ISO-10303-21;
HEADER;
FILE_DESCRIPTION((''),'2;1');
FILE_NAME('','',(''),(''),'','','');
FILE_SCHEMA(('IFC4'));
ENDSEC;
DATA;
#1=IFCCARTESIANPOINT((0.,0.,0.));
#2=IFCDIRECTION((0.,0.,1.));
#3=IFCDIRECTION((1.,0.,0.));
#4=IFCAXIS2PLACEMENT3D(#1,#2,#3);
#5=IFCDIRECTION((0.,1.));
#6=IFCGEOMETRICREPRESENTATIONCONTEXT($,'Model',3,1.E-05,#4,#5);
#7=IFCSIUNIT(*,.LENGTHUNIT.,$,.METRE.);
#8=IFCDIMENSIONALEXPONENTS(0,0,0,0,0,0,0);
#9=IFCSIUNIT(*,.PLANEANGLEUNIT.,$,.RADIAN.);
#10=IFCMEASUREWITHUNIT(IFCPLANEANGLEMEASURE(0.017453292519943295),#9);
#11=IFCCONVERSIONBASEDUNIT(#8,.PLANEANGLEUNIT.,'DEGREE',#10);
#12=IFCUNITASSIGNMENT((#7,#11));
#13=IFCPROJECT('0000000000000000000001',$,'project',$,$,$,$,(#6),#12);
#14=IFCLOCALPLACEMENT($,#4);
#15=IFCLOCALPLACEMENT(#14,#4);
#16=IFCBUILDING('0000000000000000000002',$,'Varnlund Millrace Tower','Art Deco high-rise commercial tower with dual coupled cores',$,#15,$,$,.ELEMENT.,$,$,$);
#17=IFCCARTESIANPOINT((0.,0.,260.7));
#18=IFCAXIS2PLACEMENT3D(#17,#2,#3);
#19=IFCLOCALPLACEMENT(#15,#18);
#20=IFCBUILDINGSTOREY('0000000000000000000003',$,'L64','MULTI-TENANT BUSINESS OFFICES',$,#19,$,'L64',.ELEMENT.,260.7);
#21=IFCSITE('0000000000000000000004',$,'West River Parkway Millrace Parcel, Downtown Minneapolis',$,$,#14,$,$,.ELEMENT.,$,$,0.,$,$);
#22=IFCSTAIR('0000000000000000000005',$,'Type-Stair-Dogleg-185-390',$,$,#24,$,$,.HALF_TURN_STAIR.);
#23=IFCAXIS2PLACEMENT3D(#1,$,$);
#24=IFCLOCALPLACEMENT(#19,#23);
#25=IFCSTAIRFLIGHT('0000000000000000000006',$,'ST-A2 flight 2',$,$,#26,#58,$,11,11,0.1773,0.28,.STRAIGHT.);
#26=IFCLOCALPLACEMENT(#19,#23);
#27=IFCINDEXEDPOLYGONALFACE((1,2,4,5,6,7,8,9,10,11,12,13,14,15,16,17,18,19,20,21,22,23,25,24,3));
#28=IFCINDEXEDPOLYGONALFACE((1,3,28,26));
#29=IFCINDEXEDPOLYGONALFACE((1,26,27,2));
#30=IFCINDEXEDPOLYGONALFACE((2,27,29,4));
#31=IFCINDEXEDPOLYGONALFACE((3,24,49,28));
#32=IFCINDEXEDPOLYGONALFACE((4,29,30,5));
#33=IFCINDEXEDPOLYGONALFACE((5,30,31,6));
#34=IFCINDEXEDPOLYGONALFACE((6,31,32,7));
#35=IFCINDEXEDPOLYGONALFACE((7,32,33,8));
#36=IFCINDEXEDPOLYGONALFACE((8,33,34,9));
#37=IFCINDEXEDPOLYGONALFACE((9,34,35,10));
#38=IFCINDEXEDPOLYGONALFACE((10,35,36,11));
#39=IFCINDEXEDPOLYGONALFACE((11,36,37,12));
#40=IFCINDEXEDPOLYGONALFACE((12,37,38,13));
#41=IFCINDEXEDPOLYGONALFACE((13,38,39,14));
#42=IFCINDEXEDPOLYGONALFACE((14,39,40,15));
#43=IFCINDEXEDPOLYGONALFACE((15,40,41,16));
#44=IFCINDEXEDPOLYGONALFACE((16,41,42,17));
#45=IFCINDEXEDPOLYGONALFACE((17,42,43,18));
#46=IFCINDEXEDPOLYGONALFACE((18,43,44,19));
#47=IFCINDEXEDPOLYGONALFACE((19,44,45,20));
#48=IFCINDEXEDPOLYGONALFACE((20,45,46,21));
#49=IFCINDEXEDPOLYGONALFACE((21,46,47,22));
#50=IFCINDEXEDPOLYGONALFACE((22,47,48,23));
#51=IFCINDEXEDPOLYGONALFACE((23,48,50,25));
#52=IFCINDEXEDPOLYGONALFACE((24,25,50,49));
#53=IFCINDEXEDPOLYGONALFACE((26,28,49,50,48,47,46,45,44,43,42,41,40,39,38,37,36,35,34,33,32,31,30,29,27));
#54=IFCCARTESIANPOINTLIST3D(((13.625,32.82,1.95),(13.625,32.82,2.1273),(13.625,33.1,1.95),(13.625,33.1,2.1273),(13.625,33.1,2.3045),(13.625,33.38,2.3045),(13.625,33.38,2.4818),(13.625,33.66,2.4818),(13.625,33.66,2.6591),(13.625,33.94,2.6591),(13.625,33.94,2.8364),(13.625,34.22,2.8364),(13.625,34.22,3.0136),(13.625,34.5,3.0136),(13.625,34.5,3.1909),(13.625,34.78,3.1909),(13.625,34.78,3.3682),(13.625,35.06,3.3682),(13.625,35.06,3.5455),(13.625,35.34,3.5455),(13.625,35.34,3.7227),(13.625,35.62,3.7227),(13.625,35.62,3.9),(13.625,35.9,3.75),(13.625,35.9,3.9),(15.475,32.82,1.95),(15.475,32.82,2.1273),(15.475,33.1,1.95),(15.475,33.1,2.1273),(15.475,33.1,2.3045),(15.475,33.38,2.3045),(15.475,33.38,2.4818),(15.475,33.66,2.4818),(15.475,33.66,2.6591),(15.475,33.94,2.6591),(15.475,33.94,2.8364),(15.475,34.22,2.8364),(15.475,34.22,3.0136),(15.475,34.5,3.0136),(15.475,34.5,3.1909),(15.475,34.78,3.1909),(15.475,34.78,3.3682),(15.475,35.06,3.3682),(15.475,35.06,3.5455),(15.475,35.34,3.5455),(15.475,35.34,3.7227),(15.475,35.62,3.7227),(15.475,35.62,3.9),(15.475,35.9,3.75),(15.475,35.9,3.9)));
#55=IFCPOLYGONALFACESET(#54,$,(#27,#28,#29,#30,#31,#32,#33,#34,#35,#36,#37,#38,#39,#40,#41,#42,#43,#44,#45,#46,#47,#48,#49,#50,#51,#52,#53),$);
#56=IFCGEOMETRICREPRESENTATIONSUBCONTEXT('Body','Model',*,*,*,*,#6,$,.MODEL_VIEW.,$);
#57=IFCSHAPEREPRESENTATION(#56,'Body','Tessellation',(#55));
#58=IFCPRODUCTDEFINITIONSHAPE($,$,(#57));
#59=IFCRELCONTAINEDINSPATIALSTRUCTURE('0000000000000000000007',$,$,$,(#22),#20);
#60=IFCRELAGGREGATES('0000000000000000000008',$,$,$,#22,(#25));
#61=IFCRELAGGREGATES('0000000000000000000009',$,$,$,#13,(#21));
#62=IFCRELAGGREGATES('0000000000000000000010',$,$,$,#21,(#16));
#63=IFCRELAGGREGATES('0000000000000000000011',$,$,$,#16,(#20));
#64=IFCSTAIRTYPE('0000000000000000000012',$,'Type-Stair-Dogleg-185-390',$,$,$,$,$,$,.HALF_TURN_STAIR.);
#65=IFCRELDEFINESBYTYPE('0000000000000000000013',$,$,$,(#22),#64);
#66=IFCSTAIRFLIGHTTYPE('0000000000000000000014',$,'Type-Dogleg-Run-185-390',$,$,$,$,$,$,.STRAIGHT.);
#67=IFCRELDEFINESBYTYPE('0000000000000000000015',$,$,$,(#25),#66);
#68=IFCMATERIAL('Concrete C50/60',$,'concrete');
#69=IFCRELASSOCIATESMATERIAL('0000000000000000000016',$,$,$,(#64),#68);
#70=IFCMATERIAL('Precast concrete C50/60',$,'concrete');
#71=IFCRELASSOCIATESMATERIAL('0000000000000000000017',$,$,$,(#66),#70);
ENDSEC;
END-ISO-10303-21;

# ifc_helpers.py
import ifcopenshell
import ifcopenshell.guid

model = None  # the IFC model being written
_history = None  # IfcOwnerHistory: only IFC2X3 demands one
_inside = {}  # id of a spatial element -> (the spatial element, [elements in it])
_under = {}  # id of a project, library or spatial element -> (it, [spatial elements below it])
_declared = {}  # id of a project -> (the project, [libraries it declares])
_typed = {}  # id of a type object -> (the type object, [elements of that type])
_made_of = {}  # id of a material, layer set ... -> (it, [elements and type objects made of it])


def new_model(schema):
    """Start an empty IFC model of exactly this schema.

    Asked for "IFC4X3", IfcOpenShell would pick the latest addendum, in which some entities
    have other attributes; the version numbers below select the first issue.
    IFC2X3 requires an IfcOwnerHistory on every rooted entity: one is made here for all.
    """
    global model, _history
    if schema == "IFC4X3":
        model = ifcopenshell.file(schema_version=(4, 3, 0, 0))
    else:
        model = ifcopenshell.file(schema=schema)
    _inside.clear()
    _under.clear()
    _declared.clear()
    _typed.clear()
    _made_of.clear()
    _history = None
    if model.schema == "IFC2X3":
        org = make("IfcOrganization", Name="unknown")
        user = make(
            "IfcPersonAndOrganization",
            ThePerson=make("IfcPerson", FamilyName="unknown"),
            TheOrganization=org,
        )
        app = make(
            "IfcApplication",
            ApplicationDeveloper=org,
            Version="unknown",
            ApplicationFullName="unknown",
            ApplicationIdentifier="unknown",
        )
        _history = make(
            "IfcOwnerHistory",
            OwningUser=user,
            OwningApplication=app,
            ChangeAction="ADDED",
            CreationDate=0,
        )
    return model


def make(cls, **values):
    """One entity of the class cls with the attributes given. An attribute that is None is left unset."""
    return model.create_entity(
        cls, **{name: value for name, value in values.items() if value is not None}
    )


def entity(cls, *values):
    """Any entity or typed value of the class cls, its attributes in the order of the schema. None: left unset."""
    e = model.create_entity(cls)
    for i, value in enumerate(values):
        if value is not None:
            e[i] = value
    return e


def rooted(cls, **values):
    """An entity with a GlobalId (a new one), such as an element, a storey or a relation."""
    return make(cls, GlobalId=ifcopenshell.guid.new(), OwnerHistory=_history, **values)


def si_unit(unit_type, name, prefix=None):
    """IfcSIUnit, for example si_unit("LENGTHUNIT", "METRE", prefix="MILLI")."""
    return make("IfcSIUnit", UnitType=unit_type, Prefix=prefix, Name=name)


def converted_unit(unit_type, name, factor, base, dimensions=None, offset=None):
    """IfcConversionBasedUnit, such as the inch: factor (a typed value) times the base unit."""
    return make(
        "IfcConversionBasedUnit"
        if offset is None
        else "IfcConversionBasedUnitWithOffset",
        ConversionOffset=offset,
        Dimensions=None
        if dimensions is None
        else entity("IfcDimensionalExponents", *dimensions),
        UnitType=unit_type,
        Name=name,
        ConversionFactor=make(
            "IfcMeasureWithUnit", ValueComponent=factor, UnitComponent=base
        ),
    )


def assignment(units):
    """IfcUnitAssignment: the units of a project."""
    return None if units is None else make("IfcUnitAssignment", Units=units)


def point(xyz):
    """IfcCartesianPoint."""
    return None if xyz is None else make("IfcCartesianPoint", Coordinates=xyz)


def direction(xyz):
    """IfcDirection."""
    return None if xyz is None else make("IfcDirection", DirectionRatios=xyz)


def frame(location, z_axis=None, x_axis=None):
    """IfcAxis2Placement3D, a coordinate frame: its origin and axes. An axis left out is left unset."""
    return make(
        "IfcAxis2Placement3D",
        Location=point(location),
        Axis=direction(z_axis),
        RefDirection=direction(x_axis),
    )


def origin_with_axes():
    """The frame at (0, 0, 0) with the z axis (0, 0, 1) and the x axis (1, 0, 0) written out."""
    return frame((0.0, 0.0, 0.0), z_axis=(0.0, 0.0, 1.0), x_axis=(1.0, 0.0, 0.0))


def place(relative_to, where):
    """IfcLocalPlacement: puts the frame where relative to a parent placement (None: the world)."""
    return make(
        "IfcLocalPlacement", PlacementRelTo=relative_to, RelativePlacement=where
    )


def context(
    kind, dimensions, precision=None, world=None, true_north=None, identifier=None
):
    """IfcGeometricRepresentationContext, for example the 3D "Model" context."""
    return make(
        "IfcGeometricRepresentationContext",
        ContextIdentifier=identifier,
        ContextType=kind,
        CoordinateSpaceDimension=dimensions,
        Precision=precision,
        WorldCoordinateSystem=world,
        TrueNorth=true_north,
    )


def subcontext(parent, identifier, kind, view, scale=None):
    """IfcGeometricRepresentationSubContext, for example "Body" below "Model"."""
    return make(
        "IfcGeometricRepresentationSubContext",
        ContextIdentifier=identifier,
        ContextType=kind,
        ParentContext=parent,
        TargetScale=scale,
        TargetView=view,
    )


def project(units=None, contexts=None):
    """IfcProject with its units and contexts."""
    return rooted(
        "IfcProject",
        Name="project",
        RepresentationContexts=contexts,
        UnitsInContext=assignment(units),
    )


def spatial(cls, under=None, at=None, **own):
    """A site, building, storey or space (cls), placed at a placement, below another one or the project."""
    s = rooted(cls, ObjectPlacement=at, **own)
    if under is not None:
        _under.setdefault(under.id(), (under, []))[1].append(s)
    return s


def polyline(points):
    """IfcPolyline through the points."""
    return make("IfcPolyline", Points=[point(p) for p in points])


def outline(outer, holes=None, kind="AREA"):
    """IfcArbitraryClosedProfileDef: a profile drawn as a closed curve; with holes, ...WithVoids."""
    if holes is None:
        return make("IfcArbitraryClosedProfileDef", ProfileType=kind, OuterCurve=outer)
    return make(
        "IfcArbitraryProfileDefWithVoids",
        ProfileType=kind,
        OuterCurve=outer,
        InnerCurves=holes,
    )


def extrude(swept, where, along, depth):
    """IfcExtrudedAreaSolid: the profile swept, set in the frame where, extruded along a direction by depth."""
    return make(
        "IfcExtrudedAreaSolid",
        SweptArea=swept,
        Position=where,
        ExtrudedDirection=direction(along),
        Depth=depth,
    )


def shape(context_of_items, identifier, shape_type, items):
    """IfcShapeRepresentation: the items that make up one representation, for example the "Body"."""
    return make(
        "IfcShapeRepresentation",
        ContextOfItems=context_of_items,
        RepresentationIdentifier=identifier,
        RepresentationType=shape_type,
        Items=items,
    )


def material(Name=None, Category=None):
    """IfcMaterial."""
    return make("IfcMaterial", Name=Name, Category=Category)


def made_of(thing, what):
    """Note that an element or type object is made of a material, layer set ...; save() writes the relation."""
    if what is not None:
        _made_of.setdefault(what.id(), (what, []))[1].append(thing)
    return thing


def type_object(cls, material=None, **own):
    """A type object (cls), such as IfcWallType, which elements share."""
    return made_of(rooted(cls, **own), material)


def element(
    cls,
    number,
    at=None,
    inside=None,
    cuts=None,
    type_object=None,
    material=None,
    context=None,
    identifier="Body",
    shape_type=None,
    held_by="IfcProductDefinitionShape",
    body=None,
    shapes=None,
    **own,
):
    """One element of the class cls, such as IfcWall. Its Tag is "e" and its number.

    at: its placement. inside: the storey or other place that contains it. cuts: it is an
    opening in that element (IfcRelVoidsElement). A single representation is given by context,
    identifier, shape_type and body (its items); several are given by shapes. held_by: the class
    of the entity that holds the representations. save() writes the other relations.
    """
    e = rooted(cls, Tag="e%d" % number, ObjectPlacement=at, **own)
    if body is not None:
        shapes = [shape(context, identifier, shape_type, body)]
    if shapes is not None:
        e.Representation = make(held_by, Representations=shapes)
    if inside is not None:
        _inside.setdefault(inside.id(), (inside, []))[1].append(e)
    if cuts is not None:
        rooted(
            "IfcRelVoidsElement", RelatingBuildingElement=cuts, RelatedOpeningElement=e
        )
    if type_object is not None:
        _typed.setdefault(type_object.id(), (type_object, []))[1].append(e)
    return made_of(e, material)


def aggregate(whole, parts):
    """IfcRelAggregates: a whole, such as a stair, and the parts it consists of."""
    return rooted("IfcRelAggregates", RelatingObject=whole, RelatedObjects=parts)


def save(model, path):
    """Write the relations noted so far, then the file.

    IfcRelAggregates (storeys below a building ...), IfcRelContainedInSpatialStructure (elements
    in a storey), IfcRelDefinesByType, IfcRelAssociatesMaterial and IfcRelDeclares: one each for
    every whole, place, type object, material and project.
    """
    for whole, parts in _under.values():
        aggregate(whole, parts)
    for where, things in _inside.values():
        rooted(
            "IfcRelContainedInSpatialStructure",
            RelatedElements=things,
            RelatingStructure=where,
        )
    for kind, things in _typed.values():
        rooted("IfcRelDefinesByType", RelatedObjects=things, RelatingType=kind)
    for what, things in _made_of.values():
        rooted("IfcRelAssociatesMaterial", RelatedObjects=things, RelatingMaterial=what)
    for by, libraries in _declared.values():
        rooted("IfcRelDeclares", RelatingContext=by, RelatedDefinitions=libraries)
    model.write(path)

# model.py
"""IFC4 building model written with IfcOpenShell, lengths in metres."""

from ifc_helpers import new_model, entity, si_unit, converted_unit, direction, frame, origin_with_axes, place, context, subcontext, project, spatial, polyline, outline, extrude, material, type_object, element, aggregate, save


model = new_model("IFC4")

# Units and contexts
model_context = context("Model", 3, precision=1e-05, world=origin_with_axes(), true_north=direction((0.0, 1.0)))
body_context = subcontext(model_context, "Body", "Model", "MODEL_VIEW")
ifc_project = project(units=[si_unit("LENGTHUNIT", "METRE"), converted_unit("PLANEANGLEUNIT", "DEGREE", entity("IfcPlaneAngleMeasure", 0.017453292519943295), si_unit("PLANEANGLEUNIT", "RADIAN"), dimensions=[0, 0, 0, 0, 0, 0, 0])], contexts=[model_context])

# Site, building, storey
site_placement = place(None, origin_with_axes())
site = spatial("IfcSite", under=ifc_project, at=site_placement, Name="West River Parkway Millrace Parcel, Downtown Minneapolis", CompositionType="ELEMENT", RefElevation=0.0)
building_placement = place(site_placement, origin_with_axes())
building = spatial("IfcBuilding", under=site, at=building_placement, Name="Varnlund Millrace Tower", Description="Art Deco high-rise commercial tower with dual coupled cores", CompositionType="ELEMENT")
storey_placement = place(building_placement, frame((0.0, 0.0, 260.7), z_axis=(0.0, 0.0, 1.0), x_axis=(1.0, 0.0, 0.0)))
storey = spatial("IfcBuildingStorey", under=building, at=storey_placement, Name="L64", Description="MULTI-TENANT BUSINESS OFFICES", LongName="L64", CompositionType="ELEMENT", Elevation=260.7)

# Shared definitions
ifc_material_1 = material(Name="Precast concrete C50/60", Category="concrete")

# Stair, stair flight
ifc_material_2 = material(Name="Concrete C50/60", Category="concrete")
stair_type = type_object("IfcStairType", Name="Type-Stair-Dogleg-185-390", PredefinedType="HALF_TURN_STAIR", material=ifc_material_2)
stair_flight_type = type_object("IfcStairFlightType", Name="Type-Dogleg-Run-185-390", PredefinedType="STRAIGHT", material=ifc_material_1)
stair_1_placement = place(storey_placement, origin_with_axes())
stair_1 = element("IfcStair", 1, at=stair_1_placement, inside=storey, type_object=stair_type, Name="Type-Stair-Dogleg-185-390", PredefinedType="HALF_TURN_STAIR")
stair_flight_1_placement = place(storey_placement, frame((13.625, 32.82, 1.95), z_axis=(1.0, 0.0, 0.0), x_axis=(0.0, 1.0, 0.0)))
stair_flight_1 = element("IfcStairFlight", 2, at=stair_flight_1_placement, type_object=stair_flight_type, Name="ST-A2 flight 2", NumberOfRisers=11, NumberOfTreads=11, PredefinedType="STRAIGHT", RiserHeight=0.1773, TreadLength=0.28, context=body_context, shape_type="SweptSolid", body=[
    extrude(outline(polyline([(0.0, 0.0), (0.0, 0.1773), (0.28, 0.1773), (0.28, 0.3545), (0.56, 0.3545), (0.56, 0.5318), (0.84, 0.5318), (0.84, 0.7091), (1.12, 0.7091), (1.12, 0.8864), (1.4, 0.8864), (1.4, 1.0636), (1.68, 1.0636), (1.68, 1.2409), (1.96, 1.2409), (1.96, 1.4182), (2.24, 1.4182), (2.24, 1.5955), (2.52, 1.5955), (2.52, 1.7727), (2.8, 1.7727), (2.8, 1.95), (3.08, 1.95), (3.08, 1.8), (0.28, 0.0), (0.0, 0.0)])), origin_with_axes(), (0.0, 0.0, 1.0), 1.85),
])
aggregate(stair_1, [stair_flight_1])

save(model, "model.ifc")
